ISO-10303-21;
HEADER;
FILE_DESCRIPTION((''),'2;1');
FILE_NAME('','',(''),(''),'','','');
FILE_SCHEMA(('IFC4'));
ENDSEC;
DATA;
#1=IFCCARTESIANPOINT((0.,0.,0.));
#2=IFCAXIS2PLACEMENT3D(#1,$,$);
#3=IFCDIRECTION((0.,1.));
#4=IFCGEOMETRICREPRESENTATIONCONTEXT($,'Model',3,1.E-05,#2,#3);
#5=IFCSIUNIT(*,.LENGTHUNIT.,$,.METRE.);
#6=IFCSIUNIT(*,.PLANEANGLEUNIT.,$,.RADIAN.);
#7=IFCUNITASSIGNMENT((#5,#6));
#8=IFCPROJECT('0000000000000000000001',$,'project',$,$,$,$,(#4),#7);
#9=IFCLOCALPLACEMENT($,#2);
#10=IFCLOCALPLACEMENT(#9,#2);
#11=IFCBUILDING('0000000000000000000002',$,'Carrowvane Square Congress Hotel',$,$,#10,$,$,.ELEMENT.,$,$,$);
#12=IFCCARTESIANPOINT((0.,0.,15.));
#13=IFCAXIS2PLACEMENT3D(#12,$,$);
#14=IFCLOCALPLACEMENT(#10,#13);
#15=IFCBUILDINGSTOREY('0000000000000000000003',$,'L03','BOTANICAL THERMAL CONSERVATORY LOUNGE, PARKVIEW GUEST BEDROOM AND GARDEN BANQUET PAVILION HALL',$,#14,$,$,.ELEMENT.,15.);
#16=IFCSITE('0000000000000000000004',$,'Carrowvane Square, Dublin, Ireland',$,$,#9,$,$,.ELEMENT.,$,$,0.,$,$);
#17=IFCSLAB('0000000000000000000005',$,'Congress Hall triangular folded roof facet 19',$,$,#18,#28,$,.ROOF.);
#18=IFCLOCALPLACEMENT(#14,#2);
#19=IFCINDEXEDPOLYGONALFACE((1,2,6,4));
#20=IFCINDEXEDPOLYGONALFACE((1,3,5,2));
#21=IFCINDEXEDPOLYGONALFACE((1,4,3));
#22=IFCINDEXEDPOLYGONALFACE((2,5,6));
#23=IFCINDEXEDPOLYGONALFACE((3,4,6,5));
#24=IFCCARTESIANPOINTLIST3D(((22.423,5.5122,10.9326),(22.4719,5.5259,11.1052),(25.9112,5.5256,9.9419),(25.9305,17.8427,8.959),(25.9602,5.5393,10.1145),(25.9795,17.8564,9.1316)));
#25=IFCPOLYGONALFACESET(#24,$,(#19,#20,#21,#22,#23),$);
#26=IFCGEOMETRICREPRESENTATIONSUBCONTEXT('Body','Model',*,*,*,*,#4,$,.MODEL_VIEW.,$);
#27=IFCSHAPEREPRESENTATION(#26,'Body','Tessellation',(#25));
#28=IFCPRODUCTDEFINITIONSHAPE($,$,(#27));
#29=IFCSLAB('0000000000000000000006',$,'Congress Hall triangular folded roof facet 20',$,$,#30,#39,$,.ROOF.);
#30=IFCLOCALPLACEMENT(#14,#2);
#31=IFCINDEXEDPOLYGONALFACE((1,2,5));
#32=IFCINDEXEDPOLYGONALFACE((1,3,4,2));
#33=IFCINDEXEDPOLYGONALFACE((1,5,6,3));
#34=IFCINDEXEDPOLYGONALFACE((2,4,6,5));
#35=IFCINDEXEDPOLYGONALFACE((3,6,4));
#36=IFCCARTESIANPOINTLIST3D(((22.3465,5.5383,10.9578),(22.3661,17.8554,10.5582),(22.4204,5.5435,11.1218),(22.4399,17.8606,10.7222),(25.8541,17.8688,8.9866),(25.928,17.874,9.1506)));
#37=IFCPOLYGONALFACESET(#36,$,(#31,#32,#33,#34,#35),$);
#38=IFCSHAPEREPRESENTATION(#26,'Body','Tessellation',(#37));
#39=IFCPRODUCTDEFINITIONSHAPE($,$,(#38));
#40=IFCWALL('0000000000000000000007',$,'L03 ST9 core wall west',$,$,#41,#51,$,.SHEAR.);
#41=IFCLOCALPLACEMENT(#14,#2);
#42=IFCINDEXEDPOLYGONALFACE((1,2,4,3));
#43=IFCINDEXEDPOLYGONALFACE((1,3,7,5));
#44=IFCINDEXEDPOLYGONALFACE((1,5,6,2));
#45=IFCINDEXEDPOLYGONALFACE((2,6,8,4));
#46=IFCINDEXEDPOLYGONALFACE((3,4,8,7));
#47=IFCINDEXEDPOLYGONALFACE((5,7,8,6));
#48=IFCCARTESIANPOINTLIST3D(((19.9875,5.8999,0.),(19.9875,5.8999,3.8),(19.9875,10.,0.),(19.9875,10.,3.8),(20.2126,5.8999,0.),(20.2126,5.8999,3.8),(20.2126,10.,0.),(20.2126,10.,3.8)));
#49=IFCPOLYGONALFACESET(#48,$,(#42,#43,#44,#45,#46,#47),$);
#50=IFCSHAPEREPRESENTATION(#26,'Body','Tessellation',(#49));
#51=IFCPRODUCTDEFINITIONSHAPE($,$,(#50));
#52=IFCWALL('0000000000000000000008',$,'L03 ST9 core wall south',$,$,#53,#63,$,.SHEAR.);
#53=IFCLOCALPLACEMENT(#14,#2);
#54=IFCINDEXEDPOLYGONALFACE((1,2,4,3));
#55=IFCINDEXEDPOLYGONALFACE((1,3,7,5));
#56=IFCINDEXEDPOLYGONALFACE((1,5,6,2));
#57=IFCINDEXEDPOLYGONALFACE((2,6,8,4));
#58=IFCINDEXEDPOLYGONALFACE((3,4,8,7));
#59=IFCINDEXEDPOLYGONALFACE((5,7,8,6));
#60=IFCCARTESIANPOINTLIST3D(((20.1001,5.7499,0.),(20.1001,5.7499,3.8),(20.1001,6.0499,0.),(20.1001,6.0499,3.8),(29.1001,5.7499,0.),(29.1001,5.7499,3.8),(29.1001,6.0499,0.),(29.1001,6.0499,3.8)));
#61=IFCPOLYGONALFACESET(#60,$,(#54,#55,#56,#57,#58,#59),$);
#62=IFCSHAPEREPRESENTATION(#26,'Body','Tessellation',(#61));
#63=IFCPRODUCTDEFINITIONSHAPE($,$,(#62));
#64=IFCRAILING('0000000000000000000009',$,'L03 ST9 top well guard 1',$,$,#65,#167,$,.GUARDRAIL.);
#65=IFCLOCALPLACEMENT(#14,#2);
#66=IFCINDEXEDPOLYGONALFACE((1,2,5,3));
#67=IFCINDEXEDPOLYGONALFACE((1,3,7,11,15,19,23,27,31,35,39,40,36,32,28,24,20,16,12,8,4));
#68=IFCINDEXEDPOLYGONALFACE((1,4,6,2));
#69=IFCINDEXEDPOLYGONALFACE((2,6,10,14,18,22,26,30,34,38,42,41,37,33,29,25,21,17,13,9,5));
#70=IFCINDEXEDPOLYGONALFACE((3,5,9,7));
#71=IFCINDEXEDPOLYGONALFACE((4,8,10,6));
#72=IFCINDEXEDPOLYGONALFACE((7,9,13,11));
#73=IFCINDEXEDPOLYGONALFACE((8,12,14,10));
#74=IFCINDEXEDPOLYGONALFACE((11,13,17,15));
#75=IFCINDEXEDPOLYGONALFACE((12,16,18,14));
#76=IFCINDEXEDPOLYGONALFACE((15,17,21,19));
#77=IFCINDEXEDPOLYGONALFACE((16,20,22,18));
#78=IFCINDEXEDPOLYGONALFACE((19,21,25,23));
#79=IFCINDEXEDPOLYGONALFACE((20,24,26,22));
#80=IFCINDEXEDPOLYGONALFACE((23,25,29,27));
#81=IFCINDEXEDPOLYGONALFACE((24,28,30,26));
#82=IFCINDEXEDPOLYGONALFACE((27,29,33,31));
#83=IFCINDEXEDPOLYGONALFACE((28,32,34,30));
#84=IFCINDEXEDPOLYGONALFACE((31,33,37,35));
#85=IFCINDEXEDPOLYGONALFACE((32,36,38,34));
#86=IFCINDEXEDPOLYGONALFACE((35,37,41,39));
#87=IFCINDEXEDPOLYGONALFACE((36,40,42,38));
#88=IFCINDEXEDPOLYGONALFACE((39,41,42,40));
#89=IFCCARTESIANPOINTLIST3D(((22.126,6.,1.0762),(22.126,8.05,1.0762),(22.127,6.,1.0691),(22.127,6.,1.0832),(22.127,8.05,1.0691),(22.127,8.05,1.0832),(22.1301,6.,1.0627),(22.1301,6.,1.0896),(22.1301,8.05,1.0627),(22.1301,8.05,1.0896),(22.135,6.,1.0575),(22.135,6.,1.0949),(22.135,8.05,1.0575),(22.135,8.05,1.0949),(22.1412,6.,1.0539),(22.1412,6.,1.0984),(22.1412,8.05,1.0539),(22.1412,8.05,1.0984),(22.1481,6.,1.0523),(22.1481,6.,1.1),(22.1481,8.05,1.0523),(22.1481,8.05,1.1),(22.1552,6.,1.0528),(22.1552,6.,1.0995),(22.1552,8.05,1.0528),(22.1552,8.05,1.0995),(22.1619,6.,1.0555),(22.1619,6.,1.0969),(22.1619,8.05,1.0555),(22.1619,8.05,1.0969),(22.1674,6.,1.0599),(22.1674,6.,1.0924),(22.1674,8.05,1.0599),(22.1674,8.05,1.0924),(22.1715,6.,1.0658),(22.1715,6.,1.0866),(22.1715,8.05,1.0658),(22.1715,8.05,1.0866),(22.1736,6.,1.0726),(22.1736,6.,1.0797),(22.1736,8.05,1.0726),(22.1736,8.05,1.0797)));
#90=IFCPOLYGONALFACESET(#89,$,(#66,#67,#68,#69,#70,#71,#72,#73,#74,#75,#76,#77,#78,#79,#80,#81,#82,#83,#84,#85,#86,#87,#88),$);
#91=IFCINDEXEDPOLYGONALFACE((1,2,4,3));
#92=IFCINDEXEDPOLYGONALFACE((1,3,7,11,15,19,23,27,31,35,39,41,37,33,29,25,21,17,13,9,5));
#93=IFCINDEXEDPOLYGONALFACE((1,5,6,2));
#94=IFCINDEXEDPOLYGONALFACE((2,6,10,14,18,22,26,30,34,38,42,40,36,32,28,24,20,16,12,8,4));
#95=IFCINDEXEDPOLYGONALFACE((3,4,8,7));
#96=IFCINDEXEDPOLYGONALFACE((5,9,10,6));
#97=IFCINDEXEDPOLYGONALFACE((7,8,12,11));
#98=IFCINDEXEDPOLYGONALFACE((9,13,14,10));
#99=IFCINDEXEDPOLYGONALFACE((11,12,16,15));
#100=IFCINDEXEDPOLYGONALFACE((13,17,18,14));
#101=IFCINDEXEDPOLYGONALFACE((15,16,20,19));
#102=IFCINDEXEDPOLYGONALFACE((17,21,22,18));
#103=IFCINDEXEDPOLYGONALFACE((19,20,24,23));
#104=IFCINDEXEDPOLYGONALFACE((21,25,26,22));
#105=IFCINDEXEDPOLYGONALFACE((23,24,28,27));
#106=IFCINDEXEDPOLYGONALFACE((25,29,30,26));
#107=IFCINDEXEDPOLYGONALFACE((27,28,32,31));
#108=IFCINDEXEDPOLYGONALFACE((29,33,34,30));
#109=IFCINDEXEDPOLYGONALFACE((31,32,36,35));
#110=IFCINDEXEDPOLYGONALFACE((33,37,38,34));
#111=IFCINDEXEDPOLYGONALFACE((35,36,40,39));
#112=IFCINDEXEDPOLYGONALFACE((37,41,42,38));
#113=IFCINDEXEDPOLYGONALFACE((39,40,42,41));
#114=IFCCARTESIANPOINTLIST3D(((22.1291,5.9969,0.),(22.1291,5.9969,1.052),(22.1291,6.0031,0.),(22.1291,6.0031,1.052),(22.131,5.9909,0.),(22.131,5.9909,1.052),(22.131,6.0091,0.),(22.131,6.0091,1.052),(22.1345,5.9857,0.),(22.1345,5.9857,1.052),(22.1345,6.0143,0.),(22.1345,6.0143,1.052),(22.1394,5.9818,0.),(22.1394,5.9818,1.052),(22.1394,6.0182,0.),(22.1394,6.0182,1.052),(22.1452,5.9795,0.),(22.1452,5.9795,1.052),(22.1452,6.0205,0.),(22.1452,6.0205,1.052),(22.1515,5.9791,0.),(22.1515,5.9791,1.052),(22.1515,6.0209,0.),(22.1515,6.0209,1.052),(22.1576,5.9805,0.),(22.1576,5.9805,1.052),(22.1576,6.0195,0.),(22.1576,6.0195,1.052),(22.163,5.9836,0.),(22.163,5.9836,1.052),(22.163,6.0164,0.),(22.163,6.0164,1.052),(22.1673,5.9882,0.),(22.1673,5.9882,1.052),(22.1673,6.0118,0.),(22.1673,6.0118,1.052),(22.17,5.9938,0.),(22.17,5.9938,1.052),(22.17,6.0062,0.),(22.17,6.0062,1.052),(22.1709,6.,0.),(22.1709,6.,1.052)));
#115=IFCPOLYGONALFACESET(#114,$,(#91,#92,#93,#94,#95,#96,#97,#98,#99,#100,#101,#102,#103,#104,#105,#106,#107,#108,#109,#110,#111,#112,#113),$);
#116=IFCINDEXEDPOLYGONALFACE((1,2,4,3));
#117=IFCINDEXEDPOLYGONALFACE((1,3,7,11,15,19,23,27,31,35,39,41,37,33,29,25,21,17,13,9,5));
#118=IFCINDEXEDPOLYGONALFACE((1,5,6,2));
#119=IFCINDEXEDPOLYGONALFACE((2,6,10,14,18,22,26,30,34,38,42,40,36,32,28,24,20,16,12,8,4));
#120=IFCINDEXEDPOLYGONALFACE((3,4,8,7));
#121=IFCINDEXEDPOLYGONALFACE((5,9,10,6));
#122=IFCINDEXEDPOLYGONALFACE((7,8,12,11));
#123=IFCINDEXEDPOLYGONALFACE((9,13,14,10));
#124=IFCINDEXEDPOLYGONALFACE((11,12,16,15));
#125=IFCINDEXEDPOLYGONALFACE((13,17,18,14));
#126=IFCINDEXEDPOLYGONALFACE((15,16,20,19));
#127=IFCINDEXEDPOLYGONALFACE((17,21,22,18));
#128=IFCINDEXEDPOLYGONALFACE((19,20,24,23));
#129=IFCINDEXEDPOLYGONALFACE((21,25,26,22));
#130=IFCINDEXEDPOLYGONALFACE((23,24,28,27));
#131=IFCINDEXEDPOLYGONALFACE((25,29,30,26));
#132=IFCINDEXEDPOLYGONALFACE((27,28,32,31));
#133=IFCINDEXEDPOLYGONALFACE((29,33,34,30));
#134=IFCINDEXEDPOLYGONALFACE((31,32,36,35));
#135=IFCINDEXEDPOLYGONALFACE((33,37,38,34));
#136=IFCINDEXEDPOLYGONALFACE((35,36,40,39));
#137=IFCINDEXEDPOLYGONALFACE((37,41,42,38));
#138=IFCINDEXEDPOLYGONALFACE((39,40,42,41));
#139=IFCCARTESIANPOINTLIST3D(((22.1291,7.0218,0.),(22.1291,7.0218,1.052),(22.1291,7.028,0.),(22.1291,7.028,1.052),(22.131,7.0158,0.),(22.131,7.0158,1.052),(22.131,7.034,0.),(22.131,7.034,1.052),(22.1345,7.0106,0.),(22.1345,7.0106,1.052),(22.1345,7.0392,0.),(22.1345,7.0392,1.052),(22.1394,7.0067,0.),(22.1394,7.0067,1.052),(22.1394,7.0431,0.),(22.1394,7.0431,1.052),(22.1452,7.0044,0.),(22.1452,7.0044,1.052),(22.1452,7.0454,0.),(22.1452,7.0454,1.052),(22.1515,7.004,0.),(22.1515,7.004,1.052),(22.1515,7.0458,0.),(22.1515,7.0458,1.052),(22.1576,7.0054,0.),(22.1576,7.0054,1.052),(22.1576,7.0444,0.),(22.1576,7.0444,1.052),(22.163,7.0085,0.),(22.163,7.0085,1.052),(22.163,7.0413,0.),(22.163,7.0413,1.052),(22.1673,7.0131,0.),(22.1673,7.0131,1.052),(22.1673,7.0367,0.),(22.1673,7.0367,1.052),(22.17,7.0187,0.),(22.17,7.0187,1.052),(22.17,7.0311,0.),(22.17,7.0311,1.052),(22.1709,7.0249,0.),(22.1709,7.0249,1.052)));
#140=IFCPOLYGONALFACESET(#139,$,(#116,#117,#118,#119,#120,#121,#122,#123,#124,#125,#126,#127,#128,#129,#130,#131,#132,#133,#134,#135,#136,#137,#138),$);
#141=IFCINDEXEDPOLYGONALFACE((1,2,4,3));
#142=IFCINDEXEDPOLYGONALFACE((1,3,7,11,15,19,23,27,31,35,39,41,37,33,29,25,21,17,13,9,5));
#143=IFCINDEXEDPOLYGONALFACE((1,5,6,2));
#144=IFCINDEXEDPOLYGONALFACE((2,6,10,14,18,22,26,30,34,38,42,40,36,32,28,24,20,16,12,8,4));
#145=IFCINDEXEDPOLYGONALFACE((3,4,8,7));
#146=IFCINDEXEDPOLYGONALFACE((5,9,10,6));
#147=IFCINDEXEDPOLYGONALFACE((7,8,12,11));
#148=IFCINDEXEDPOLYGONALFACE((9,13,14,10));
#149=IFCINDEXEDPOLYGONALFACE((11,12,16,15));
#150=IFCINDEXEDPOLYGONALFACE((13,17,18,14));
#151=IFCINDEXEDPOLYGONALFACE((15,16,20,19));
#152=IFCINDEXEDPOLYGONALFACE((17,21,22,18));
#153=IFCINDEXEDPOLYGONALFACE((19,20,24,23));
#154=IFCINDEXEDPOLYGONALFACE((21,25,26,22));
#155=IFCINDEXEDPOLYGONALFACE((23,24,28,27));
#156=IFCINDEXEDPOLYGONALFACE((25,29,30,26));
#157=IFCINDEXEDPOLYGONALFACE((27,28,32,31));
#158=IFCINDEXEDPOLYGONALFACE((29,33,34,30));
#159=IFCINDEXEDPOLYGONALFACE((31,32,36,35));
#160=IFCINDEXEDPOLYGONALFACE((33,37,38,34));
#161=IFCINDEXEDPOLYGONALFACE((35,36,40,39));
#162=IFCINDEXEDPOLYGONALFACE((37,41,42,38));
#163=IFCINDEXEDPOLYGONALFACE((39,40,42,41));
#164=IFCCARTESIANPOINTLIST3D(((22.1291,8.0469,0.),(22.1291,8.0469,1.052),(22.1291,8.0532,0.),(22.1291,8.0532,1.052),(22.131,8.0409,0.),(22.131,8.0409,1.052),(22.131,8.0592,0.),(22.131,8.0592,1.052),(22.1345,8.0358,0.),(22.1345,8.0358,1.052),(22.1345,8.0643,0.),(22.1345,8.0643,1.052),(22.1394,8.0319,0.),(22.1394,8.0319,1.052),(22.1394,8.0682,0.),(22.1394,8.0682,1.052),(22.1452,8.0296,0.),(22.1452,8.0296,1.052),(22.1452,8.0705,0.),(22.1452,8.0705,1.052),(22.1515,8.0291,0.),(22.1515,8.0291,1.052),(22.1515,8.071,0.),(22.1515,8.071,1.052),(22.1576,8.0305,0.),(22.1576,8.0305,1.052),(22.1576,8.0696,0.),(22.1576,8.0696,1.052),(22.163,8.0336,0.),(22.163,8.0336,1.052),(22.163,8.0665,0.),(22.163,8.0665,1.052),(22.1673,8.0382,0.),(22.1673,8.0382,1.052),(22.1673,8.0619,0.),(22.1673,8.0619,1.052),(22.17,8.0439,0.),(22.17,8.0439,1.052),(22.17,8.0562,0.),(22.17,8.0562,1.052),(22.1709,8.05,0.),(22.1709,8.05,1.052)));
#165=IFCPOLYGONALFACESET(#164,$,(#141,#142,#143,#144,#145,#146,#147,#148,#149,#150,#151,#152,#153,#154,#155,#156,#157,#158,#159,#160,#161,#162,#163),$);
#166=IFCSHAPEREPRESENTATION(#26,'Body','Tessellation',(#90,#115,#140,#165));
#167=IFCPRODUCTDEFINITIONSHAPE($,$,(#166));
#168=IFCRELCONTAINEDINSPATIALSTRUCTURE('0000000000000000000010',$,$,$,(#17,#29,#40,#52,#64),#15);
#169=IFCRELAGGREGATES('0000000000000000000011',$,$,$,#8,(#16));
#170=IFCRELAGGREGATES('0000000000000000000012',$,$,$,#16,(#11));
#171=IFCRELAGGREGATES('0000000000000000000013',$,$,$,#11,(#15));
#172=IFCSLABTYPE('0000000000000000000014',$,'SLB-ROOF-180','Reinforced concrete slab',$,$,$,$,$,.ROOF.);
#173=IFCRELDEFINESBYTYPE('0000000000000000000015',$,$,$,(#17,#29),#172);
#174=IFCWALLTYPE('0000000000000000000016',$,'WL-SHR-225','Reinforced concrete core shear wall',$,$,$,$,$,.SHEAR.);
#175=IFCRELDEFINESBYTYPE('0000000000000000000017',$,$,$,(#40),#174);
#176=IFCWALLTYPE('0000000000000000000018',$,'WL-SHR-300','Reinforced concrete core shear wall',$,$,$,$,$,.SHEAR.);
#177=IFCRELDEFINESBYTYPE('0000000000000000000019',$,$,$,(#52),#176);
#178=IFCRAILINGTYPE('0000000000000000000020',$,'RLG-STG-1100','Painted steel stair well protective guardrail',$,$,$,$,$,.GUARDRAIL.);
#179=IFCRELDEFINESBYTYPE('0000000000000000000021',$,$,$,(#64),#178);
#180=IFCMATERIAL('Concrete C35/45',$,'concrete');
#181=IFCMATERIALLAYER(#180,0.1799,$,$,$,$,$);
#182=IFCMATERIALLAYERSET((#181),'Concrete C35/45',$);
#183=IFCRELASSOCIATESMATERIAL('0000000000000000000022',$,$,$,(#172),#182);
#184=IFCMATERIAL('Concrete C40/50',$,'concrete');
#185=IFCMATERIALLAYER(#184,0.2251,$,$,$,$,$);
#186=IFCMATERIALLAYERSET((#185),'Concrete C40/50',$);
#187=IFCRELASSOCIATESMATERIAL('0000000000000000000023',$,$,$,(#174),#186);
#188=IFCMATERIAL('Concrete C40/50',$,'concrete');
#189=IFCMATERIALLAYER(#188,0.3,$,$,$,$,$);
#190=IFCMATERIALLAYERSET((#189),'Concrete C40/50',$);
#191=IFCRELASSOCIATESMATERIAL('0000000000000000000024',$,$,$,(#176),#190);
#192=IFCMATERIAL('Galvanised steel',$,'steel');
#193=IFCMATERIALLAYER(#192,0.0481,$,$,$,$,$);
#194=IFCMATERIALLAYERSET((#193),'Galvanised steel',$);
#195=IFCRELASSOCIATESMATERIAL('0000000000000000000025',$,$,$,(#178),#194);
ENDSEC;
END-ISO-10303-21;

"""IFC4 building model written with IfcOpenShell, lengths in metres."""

from ifc_helpers import new_model, si_unit, direction, frame, frame_2d, origin, origin_2d, place, context, subcontext, project, spatial, polyline, rectangle, circle, outline, extrude, material, layer, layer_set, type_object, element, save


model = new_model("IFC4")

# Units and contexts
model_context = context("Model", 3, precision=1e-05, world=origin(), true_north=direction((0.0, 1.0)))
body_context = subcontext(model_context, "Body", "Model", "MODEL_VIEW")
ifc_project = project(units=[si_unit("LENGTHUNIT", "METRE"), si_unit("PLANEANGLEUNIT", "RADIAN")], contexts=[model_context])

# Site, building, storey
site_placement = place(None, origin())
site = spatial("IfcSite", under=ifc_project, at=site_placement, Name="Carrowvane Square, Dublin, Ireland", CompositionType="ELEMENT", RefElevation=0.0)
building_placement = place(site_placement, origin())
building = spatial("IfcBuilding", under=site, at=building_placement, Name="Carrowvane Square Congress Hotel", CompositionType="ELEMENT")
storey_placement = place(building_placement, frame((0.0, 0.0, 15.0)))
storey = spatial("IfcBuildingStorey", under=building, at=storey_placement, Name="L03", Description="BOTANICAL THERMAL CONSERVATORY LOUNGE, PARKVIEW GUEST BEDROOM AND GARDEN BANQUET PAVILION HALL", CompositionType="ELEMENT", Elevation=15.0)

# Slabs
ifc_material_1 = material(Name="Concrete C35/45", Category="concrete")
ifc_layer_1 = layer(ifc_material_1, 0.1799)
ifc_layer_set_1 = layer_set([ifc_layer_1], Name="Concrete C35/45")
slab_type = type_object("IfcSlabType", Name="SLB-ROOF-180", Description="Reinforced concrete slab", PredefinedType="ROOF", material=ifc_layer_set_1)
slab_1_placement = place(storey_placement, frame((22.4719, 5.5259, 11.1052), z_axis=(0.272145, 0.076121, 0.959241), x_axis=(0.961948, 0.003703, -0.273207)))
element("IfcSlab", 1, at=slab_1_placement, inside=storey, type_object=slab_type, Name="Congress Hall triangular folded roof facet 19", PredefinedType="ROOF", context=body_context, shape_type="SweptSolid", body=[
    extrude(outline(polyline([(0.0, 0.0), (3.6263, 0.0), (3.959, 12.3518), (0.0, 0.0)])), origin(), (0.0, 0.0, -1.0), 0.1799),
])
slab_2_placement = place(storey_placement, frame((22.4204, 5.5435, 11.1218), z_axis=(0.410517, 0.028921, 0.911394), x_axis=(0.270429, 0.950669, -0.151976)))
element("IfcSlab", 2, at=slab_2_placement, inside=storey, type_object=slab_type, Name="Congress Hall triangular folded roof facet 20", PredefinedType="ROOF", context=body_context, shape_type="SweptSolid", body=[
    extrude(outline(polyline([(0.0, 0.0), (12.9704, 0.0), (11.7755, 3.6344), (0.0, 0.0)])), origin(), (0.0, 0.0, -1.0), 0.1799),
])

# Walls
ifc_material_2 = material(Name="Concrete C40/50", Category="concrete")
ifc_layer_2 = layer(ifc_material_2, 0.2251)
ifc_layer_set_2 = layer_set([ifc_layer_2], Name="Concrete C40/50")
wall_type_1 = type_object("IfcWallType", Name="WL-SHR-225", Description="Reinforced concrete core shear wall", PredefinedType="SHEAR", material=ifc_layer_set_2)
wall_1_placement = place(storey_placement, frame((20.1001, 10.0, 0.0), z_axis=(0.0, 0.0, 1.0), x_axis=(0.0, -1.0, 0.0)))
element("IfcWall", 3, at=wall_1_placement, inside=storey, type_object=wall_type_1, Name="L03 ST9 core wall west", PredefinedType="SHEAR", context=body_context, shape_type="SweptSolid", body=[
    extrude(rectangle(XDim=4.1001, YDim=0.2251, at=frame_2d((2.05, 0.0))), origin(), (0.0, 0.0, 1.0), 3.8),
])
ifc_material_3 = material(Name="Concrete C40/50", Category="concrete")
ifc_layer_3 = layer(ifc_material_3, 0.3)
ifc_layer_set_3 = layer_set([ifc_layer_3], Name="Concrete C40/50")
wall_type_2 = type_object("IfcWallType", Name="WL-SHR-300", Description="Reinforced concrete core shear wall", PredefinedType="SHEAR", material=ifc_layer_set_3)
wall_2_placement = place(storey_placement, frame((20.1001, 5.8999, 0.0), z_axis=(0.0, 0.0, 1.0), x_axis=(1.0, 0.0, 0.0)))
element("IfcWall", 4, at=wall_2_placement, inside=storey, type_object=wall_type_2, Name="L03 ST9 core wall south", PredefinedType="SHEAR", context=body_context, shape_type="SweptSolid", body=[
    extrude(rectangle(XDim=9.0, YDim=0.3, at=frame_2d((4.5, 0.0))), origin(), (0.0, 0.0, 1.0), 3.8),
])

# Railing
ifc_material_4 = material(Name="Galvanised steel", Category="steel")
ifc_layer_4 = layer(ifc_material_4, 0.0481)
ifc_layer_set_4 = layer_set([ifc_layer_4], Name="Galvanised steel")
railing_type = type_object("IfcRailingType", Name="RLG-STG-1100", Description="Painted steel stair well protective guardrail", PredefinedType="GUARDRAIL", material=ifc_layer_set_4)
railing_placement = place(storey_placement, frame((22.1499, 6.0, 0.0)))
element("IfcRailing", 5, at=railing_placement, inside=storey, type_object=railing_type, Name="L03 ST9 top well guard 1", PredefinedType="GUARDRAIL", context=body_context, shape_type="SweptSolid", body=[
    extrude(circle(Radius=0.0239, at=origin_2d()), frame((0.0, 0.0, 1.0762), z_axis=(0.0, 1.0, 0.0), x_axis=(-1.0, 0.0, 0.0)), (0.0, 0.0, 1.0), 2.05),
    extrude(circle(Radius=0.021, at=origin_2d()), origin(), (0.0, 0.0, 1.0), 1.052),
    extrude(circle(Radius=0.021, at=origin_2d()), frame((0.0, 1.0249, 0.0)), (0.0, 0.0, 1.0), 1.052),
    extrude(circle(Radius=0.021, at=origin_2d()), frame((0.0, 2.05, 0.0)), (0.0, 0.0, 1.0), 1.052),
])

save(model, "model.ifc")
